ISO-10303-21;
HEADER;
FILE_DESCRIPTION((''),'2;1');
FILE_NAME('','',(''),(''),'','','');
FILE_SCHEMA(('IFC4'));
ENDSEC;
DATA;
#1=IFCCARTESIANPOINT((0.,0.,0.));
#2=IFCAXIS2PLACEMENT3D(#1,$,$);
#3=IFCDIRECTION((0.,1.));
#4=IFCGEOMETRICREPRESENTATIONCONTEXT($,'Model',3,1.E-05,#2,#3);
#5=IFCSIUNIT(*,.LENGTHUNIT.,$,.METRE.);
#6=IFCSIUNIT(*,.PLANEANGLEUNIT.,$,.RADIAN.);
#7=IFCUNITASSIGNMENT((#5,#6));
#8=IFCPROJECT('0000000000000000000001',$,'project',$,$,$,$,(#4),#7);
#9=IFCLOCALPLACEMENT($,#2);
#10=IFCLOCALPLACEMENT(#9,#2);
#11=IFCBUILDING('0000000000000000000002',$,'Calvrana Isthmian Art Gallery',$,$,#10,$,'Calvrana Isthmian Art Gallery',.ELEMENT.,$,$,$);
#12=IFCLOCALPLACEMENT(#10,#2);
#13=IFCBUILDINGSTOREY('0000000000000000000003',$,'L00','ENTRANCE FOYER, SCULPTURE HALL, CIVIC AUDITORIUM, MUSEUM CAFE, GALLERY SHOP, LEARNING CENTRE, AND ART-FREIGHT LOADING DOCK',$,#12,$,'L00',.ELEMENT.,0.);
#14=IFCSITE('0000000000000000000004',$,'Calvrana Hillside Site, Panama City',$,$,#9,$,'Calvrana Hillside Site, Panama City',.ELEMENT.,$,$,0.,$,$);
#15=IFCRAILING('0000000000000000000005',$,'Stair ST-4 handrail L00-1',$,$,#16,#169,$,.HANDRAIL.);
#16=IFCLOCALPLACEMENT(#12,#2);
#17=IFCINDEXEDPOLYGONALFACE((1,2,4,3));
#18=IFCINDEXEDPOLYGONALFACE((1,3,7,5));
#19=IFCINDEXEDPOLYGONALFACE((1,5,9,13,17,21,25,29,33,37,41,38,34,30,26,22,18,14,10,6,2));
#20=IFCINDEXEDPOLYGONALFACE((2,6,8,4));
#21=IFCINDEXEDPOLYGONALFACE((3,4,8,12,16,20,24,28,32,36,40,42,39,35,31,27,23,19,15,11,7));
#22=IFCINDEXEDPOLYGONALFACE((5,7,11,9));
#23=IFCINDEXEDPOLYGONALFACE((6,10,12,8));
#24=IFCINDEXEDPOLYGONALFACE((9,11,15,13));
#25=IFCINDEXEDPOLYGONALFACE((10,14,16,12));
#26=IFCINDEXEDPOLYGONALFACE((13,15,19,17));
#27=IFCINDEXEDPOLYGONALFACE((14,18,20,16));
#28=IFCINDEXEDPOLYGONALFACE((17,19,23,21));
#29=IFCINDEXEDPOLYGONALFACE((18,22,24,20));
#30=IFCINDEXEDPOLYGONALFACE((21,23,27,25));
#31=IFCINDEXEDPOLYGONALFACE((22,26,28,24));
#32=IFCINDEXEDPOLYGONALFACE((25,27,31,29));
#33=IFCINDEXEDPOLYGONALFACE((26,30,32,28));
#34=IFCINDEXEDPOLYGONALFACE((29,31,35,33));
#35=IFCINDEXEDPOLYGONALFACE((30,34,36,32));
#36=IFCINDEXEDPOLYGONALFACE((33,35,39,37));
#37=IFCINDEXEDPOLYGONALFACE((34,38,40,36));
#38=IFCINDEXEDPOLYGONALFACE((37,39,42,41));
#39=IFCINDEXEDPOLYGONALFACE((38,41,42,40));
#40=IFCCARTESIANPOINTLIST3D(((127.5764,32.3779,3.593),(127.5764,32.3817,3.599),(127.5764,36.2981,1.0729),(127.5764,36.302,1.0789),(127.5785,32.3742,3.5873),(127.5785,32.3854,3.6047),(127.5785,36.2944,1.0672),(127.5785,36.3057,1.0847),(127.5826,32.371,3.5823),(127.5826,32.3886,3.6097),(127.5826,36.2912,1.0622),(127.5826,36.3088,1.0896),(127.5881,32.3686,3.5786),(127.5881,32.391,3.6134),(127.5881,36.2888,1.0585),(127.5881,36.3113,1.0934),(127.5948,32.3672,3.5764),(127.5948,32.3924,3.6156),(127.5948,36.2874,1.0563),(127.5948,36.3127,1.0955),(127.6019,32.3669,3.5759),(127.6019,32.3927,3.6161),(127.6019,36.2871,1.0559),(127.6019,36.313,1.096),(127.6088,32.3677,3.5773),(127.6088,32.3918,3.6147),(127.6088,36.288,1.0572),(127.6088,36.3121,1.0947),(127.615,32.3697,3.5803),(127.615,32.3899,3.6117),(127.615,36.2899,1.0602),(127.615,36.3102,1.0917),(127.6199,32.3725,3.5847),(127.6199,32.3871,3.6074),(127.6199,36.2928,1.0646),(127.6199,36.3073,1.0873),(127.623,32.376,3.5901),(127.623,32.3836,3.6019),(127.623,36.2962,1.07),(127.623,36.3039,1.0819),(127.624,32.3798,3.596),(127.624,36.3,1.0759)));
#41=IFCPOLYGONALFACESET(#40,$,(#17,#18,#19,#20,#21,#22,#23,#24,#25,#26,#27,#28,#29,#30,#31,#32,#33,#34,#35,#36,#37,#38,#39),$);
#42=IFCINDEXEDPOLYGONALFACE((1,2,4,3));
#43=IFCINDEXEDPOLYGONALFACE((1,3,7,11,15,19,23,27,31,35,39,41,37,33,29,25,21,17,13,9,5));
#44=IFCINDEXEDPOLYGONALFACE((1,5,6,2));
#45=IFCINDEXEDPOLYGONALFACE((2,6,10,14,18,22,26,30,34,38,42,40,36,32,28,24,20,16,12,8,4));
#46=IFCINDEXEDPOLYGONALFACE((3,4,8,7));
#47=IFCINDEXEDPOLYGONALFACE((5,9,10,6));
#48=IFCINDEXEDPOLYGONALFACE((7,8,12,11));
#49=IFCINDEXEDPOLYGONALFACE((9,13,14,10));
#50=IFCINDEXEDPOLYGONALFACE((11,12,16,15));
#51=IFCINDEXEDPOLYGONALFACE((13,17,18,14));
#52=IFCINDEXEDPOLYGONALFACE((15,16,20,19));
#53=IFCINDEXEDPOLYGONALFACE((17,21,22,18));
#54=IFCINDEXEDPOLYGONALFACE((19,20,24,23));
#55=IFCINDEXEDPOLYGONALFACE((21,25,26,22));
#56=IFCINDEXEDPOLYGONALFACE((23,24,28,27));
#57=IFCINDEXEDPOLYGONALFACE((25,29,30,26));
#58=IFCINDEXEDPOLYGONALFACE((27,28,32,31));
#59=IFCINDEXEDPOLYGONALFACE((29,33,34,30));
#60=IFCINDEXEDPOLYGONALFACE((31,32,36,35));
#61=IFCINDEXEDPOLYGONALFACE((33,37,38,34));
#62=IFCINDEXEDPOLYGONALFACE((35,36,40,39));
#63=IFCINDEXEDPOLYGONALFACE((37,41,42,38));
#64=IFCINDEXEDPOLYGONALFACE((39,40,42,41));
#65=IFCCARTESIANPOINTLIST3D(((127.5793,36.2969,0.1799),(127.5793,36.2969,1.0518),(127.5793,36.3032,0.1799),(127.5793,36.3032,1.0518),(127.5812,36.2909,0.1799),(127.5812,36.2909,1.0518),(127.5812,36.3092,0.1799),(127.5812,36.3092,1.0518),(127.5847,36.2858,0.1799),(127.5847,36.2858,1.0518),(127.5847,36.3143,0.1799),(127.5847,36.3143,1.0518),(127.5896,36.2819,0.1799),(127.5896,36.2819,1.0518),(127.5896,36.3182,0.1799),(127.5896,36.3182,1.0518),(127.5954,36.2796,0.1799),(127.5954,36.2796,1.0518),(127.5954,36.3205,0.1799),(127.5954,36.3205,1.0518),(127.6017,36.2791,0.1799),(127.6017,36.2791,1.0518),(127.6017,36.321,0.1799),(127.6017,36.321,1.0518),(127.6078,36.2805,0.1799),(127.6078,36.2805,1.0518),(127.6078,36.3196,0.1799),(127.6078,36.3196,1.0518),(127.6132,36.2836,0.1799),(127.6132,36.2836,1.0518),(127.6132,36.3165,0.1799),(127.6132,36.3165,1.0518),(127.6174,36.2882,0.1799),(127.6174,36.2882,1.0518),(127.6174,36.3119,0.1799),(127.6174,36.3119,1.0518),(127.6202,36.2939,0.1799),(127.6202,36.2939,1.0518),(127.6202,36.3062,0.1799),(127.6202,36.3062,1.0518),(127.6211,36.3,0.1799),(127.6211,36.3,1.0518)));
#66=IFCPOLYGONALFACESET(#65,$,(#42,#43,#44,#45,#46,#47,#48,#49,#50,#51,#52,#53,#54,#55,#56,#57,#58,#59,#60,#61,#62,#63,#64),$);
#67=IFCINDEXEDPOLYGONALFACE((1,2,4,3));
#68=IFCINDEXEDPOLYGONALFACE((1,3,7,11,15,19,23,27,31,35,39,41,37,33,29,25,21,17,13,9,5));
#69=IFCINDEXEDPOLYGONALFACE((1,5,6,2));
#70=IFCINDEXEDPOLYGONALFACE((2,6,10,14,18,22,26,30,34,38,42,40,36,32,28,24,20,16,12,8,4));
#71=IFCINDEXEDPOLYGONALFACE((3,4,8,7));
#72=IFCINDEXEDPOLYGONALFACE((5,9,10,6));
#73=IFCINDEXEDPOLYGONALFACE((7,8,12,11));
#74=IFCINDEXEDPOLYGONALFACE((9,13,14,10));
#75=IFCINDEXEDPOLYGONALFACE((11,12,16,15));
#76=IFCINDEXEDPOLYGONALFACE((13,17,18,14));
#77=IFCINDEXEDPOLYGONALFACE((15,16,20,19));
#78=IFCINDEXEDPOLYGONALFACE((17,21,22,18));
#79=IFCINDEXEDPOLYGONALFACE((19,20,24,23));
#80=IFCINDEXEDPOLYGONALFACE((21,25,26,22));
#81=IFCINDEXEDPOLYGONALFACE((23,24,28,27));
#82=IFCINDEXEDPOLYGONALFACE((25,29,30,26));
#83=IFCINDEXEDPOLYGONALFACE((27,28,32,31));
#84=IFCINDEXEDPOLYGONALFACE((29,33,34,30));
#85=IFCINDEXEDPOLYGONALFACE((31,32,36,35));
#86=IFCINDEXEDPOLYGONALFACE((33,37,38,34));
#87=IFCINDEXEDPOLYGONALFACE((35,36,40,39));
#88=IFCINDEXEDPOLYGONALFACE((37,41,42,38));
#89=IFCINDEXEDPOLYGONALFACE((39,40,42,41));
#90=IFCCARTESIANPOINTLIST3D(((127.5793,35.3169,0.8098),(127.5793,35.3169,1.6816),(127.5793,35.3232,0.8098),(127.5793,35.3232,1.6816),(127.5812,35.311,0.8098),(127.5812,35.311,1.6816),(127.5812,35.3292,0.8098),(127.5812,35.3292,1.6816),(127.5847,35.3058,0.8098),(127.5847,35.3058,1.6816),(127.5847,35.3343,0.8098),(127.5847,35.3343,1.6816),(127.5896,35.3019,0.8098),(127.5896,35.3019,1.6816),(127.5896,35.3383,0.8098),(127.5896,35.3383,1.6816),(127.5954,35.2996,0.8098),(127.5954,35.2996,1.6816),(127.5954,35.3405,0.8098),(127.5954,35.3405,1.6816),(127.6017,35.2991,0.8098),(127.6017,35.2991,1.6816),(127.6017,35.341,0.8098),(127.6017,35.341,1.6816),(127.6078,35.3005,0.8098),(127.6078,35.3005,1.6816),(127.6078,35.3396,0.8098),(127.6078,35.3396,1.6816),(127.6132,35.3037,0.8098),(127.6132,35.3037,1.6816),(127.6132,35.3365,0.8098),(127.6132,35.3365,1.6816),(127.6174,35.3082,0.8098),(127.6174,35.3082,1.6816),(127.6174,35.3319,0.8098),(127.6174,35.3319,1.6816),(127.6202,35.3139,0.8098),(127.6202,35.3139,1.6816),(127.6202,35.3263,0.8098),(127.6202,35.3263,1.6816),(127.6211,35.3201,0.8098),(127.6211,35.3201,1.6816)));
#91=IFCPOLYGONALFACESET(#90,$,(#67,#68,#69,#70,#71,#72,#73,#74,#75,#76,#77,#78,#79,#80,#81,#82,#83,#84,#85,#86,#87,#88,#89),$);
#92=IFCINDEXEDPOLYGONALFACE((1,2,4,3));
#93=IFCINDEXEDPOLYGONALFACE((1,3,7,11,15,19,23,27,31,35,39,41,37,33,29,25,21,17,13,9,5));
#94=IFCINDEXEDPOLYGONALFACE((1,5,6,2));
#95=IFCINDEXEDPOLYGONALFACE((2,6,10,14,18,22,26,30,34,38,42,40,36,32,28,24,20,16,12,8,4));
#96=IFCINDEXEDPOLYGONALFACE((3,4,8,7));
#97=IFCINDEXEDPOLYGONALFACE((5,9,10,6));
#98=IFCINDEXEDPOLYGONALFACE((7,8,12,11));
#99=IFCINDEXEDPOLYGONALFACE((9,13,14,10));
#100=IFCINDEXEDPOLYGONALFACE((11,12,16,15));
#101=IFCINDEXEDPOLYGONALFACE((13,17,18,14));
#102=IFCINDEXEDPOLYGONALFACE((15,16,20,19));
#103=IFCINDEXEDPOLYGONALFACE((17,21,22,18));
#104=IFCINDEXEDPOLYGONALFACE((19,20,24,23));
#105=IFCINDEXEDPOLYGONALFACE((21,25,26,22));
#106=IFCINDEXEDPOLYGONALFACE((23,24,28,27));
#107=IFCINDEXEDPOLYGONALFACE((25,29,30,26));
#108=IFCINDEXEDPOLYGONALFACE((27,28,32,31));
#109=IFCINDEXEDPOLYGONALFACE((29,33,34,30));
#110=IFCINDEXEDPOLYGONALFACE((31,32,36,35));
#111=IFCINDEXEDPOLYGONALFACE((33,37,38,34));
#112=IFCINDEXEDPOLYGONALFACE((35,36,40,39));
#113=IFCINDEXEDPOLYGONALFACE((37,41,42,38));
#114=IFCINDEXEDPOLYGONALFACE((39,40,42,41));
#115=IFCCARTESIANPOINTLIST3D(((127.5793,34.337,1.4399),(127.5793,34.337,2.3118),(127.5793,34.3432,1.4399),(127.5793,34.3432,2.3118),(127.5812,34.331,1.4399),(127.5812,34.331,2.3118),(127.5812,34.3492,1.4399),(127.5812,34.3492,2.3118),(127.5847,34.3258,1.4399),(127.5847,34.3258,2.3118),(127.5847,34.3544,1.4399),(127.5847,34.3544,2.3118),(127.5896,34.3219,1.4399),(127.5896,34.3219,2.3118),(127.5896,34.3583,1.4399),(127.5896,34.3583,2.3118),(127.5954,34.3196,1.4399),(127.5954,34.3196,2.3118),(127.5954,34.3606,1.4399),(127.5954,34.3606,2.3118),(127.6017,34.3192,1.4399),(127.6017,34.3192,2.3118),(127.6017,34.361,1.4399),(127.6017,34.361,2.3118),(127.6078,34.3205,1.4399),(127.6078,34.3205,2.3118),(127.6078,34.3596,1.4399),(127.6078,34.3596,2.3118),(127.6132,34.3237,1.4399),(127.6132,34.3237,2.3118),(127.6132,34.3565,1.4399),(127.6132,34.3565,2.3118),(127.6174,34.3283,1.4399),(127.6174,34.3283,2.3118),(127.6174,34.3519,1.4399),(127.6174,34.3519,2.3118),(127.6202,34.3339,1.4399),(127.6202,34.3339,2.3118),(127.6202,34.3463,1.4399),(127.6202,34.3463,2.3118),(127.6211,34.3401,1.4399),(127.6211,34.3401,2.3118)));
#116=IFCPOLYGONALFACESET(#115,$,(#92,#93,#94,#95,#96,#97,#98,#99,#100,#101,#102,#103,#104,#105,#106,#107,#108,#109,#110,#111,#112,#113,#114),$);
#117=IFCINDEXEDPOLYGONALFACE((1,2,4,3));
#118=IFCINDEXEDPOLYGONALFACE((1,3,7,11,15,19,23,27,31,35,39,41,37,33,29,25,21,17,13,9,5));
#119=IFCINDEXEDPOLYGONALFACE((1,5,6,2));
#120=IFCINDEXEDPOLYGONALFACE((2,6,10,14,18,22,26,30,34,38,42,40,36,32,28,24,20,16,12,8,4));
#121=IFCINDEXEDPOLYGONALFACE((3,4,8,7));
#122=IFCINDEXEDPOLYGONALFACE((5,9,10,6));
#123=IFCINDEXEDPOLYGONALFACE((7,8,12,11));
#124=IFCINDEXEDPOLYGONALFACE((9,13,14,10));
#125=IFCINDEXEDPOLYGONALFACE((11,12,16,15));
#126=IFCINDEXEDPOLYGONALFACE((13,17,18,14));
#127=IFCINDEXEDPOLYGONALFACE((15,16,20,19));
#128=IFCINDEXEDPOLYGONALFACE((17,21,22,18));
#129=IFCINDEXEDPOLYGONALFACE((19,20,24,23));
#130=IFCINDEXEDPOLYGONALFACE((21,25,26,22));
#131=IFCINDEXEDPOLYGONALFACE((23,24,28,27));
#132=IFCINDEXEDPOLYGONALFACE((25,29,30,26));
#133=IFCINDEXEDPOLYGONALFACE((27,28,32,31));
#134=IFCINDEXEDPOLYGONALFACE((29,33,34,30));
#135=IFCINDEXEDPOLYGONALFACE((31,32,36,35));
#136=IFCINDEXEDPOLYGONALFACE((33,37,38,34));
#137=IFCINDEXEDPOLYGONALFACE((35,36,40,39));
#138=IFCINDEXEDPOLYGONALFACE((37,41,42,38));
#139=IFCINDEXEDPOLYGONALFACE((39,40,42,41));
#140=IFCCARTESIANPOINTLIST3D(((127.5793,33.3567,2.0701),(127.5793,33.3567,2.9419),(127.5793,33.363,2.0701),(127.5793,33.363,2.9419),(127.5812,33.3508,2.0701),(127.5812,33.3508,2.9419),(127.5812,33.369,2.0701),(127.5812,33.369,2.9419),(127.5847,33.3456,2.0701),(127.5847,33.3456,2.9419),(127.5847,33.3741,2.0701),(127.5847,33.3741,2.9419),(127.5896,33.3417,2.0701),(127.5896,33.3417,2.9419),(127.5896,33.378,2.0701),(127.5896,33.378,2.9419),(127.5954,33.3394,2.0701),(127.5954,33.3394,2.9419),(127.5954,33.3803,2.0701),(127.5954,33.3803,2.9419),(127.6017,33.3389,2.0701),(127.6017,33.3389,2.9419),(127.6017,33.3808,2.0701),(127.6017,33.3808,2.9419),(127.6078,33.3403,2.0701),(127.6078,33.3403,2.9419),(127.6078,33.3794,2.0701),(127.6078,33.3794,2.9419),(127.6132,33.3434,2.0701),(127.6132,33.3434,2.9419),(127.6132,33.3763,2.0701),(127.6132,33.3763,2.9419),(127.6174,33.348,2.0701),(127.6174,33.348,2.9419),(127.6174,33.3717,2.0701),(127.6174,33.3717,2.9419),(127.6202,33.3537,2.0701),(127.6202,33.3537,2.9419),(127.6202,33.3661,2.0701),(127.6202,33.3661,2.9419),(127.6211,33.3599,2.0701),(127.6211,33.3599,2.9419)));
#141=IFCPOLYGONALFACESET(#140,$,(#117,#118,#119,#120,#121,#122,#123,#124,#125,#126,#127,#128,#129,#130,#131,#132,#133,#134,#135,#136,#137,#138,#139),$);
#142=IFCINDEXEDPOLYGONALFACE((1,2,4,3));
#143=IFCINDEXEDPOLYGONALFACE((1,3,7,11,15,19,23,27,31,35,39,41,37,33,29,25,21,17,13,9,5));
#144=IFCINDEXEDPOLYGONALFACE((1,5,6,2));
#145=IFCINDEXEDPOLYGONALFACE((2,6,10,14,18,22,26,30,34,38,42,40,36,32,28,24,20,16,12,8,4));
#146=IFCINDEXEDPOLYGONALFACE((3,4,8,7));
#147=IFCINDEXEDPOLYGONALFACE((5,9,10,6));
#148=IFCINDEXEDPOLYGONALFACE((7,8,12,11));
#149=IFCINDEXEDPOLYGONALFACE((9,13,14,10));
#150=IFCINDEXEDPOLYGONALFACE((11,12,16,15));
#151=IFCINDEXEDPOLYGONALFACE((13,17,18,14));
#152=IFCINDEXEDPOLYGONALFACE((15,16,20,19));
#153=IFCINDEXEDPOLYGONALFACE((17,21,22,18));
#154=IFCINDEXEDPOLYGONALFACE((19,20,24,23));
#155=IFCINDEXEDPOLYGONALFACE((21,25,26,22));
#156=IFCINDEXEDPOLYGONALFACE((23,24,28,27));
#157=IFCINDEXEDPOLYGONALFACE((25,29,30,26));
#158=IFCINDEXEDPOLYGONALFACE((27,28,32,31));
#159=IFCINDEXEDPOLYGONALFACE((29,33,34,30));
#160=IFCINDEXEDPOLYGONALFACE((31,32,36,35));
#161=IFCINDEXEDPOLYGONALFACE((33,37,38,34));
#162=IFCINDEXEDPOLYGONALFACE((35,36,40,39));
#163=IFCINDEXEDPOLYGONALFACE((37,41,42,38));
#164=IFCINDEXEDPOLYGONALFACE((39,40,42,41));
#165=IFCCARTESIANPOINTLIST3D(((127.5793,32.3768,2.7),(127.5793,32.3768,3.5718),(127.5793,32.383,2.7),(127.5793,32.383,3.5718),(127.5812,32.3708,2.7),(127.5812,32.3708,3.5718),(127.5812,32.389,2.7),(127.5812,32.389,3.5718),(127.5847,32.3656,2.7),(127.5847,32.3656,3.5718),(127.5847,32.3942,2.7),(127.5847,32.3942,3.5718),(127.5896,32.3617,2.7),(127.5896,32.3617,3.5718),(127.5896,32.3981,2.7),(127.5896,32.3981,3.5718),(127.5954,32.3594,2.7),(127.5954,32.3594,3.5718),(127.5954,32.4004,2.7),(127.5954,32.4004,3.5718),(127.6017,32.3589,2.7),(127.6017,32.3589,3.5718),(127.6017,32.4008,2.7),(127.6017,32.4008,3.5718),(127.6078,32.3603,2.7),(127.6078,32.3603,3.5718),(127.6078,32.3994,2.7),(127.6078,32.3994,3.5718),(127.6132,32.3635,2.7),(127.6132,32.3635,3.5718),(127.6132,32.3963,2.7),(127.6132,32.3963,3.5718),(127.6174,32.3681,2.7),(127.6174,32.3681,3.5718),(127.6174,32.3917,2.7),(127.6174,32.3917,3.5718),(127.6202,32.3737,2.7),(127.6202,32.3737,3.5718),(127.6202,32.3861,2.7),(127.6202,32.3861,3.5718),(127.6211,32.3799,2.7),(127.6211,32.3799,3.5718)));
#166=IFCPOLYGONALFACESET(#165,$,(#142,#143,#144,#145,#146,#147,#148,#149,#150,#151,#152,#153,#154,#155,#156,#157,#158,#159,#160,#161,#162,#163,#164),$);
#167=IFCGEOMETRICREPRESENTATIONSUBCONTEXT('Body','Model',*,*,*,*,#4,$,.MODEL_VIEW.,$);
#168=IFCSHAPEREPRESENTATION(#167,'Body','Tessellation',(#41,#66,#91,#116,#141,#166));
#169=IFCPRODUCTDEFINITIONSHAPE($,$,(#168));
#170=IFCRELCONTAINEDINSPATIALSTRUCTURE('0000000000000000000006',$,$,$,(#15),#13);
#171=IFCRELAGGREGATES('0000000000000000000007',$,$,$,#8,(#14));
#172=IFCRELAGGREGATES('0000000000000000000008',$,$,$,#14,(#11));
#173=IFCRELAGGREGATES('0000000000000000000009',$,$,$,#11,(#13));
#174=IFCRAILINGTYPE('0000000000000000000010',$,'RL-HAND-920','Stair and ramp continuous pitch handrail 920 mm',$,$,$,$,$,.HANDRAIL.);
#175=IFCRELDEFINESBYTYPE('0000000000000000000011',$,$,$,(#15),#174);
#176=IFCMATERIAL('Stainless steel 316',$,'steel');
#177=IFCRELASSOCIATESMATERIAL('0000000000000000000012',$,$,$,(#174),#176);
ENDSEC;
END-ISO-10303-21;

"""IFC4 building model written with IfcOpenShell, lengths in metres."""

from ifc_helpers import new_model, si_unit, direction, frame, origin, origin_2d, place, context, subcontext, project, spatial, circle, extrude, material, type_object, element, save


model = new_model("IFC4")

# Units and contexts
model_context = context("Model", 3, precision=1e-05, world=origin(), true_north=direction((0.0, 1.0)))
body_context = subcontext(model_context, "Body", "Model", "MODEL_VIEW")
ifc_project = project(units=[si_unit("LENGTHUNIT", "METRE"), si_unit("PLANEANGLEUNIT", "RADIAN")], contexts=[model_context])

# Site, building, storey
site_placement = place(None, origin())
site = spatial("IfcSite", under=ifc_project, at=site_placement, Name="Calvrana Hillside Site, Panama City", LongName="Calvrana Hillside Site, Panama City", CompositionType="ELEMENT", RefElevation=0.0)
building_placement = place(site_placement, origin())
building = spatial("IfcBuilding", under=site, at=building_placement, Name="Calvrana Isthmian Art Gallery", LongName="Calvrana Isthmian Art Gallery", CompositionType="ELEMENT")
storey_placement = place(building_placement, origin())
storey = spatial("IfcBuildingStorey", under=building, at=storey_placement, Name="L00", Description="ENTRANCE FOYER, SCULPTURE HALL, CIVIC AUDITORIUM, MUSEUM CAFE, GALLERY SHOP, LEARNING CENTRE, AND ART-FREIGHT LOADING DOCK", LongName="L00", CompositionType="ELEMENT", Elevation=0.0)

# Shared definitions
ifc_material_1 = material(Name="Stainless steel 316", Category="steel")

# Railing
railing_type_1 = type_object("IfcRailingType", Name="RL-HAND-920", Description="Stair and ramp continuous pitch handrail 920 mm", PredefinedType="HANDRAIL", material=ifc_material_1)
railing_1_placement = place(storey_placement, frame((127.6001, 36.3, 0.1799)))
element("IfcRailing", 1, at=railing_1_placement, inside=storey, type_object=railing_type_1, Name="Stair ST-4 handrail L00-1", PredefinedType="HANDRAIL", context=body_context, shape_type="SweptSolid", body=[
    extrude(circle(Radius=0.0239, at=origin_2d()), frame((0.0, 0.0, 0.896), z_axis=(0.0, -0.841187, 0.540744), x_axis=(1.0, 0.0, 0.0)), (0.0, 0.0, 1.0), 4.6604),
    extrude(circle(Radius=0.021, at=origin_2d()), origin(), (0.0, 0.0, 1.0), 0.8718),
    extrude(circle(Radius=0.021, at=origin_2d()), frame((0.0, -0.98, 0.6299)), (0.0, 0.0, 1.0), 0.8718),
    extrude(circle(Radius=0.021, at=origin_2d()), frame((0.0, -1.96, 1.26)), (0.0, 0.0, 1.0), 0.8718),
    extrude(circle(Radius=0.021, at=origin_2d()), frame((0.0, -2.9402, 1.8901)), (0.0, 0.0, 1.0), 0.8718),
    extrude(circle(Radius=0.021, at=origin_2d()), frame((0.0, -3.9202, 2.52)), (0.0, 0.0, 1.0), 0.8718),
])

save(model, "model.ifc")
